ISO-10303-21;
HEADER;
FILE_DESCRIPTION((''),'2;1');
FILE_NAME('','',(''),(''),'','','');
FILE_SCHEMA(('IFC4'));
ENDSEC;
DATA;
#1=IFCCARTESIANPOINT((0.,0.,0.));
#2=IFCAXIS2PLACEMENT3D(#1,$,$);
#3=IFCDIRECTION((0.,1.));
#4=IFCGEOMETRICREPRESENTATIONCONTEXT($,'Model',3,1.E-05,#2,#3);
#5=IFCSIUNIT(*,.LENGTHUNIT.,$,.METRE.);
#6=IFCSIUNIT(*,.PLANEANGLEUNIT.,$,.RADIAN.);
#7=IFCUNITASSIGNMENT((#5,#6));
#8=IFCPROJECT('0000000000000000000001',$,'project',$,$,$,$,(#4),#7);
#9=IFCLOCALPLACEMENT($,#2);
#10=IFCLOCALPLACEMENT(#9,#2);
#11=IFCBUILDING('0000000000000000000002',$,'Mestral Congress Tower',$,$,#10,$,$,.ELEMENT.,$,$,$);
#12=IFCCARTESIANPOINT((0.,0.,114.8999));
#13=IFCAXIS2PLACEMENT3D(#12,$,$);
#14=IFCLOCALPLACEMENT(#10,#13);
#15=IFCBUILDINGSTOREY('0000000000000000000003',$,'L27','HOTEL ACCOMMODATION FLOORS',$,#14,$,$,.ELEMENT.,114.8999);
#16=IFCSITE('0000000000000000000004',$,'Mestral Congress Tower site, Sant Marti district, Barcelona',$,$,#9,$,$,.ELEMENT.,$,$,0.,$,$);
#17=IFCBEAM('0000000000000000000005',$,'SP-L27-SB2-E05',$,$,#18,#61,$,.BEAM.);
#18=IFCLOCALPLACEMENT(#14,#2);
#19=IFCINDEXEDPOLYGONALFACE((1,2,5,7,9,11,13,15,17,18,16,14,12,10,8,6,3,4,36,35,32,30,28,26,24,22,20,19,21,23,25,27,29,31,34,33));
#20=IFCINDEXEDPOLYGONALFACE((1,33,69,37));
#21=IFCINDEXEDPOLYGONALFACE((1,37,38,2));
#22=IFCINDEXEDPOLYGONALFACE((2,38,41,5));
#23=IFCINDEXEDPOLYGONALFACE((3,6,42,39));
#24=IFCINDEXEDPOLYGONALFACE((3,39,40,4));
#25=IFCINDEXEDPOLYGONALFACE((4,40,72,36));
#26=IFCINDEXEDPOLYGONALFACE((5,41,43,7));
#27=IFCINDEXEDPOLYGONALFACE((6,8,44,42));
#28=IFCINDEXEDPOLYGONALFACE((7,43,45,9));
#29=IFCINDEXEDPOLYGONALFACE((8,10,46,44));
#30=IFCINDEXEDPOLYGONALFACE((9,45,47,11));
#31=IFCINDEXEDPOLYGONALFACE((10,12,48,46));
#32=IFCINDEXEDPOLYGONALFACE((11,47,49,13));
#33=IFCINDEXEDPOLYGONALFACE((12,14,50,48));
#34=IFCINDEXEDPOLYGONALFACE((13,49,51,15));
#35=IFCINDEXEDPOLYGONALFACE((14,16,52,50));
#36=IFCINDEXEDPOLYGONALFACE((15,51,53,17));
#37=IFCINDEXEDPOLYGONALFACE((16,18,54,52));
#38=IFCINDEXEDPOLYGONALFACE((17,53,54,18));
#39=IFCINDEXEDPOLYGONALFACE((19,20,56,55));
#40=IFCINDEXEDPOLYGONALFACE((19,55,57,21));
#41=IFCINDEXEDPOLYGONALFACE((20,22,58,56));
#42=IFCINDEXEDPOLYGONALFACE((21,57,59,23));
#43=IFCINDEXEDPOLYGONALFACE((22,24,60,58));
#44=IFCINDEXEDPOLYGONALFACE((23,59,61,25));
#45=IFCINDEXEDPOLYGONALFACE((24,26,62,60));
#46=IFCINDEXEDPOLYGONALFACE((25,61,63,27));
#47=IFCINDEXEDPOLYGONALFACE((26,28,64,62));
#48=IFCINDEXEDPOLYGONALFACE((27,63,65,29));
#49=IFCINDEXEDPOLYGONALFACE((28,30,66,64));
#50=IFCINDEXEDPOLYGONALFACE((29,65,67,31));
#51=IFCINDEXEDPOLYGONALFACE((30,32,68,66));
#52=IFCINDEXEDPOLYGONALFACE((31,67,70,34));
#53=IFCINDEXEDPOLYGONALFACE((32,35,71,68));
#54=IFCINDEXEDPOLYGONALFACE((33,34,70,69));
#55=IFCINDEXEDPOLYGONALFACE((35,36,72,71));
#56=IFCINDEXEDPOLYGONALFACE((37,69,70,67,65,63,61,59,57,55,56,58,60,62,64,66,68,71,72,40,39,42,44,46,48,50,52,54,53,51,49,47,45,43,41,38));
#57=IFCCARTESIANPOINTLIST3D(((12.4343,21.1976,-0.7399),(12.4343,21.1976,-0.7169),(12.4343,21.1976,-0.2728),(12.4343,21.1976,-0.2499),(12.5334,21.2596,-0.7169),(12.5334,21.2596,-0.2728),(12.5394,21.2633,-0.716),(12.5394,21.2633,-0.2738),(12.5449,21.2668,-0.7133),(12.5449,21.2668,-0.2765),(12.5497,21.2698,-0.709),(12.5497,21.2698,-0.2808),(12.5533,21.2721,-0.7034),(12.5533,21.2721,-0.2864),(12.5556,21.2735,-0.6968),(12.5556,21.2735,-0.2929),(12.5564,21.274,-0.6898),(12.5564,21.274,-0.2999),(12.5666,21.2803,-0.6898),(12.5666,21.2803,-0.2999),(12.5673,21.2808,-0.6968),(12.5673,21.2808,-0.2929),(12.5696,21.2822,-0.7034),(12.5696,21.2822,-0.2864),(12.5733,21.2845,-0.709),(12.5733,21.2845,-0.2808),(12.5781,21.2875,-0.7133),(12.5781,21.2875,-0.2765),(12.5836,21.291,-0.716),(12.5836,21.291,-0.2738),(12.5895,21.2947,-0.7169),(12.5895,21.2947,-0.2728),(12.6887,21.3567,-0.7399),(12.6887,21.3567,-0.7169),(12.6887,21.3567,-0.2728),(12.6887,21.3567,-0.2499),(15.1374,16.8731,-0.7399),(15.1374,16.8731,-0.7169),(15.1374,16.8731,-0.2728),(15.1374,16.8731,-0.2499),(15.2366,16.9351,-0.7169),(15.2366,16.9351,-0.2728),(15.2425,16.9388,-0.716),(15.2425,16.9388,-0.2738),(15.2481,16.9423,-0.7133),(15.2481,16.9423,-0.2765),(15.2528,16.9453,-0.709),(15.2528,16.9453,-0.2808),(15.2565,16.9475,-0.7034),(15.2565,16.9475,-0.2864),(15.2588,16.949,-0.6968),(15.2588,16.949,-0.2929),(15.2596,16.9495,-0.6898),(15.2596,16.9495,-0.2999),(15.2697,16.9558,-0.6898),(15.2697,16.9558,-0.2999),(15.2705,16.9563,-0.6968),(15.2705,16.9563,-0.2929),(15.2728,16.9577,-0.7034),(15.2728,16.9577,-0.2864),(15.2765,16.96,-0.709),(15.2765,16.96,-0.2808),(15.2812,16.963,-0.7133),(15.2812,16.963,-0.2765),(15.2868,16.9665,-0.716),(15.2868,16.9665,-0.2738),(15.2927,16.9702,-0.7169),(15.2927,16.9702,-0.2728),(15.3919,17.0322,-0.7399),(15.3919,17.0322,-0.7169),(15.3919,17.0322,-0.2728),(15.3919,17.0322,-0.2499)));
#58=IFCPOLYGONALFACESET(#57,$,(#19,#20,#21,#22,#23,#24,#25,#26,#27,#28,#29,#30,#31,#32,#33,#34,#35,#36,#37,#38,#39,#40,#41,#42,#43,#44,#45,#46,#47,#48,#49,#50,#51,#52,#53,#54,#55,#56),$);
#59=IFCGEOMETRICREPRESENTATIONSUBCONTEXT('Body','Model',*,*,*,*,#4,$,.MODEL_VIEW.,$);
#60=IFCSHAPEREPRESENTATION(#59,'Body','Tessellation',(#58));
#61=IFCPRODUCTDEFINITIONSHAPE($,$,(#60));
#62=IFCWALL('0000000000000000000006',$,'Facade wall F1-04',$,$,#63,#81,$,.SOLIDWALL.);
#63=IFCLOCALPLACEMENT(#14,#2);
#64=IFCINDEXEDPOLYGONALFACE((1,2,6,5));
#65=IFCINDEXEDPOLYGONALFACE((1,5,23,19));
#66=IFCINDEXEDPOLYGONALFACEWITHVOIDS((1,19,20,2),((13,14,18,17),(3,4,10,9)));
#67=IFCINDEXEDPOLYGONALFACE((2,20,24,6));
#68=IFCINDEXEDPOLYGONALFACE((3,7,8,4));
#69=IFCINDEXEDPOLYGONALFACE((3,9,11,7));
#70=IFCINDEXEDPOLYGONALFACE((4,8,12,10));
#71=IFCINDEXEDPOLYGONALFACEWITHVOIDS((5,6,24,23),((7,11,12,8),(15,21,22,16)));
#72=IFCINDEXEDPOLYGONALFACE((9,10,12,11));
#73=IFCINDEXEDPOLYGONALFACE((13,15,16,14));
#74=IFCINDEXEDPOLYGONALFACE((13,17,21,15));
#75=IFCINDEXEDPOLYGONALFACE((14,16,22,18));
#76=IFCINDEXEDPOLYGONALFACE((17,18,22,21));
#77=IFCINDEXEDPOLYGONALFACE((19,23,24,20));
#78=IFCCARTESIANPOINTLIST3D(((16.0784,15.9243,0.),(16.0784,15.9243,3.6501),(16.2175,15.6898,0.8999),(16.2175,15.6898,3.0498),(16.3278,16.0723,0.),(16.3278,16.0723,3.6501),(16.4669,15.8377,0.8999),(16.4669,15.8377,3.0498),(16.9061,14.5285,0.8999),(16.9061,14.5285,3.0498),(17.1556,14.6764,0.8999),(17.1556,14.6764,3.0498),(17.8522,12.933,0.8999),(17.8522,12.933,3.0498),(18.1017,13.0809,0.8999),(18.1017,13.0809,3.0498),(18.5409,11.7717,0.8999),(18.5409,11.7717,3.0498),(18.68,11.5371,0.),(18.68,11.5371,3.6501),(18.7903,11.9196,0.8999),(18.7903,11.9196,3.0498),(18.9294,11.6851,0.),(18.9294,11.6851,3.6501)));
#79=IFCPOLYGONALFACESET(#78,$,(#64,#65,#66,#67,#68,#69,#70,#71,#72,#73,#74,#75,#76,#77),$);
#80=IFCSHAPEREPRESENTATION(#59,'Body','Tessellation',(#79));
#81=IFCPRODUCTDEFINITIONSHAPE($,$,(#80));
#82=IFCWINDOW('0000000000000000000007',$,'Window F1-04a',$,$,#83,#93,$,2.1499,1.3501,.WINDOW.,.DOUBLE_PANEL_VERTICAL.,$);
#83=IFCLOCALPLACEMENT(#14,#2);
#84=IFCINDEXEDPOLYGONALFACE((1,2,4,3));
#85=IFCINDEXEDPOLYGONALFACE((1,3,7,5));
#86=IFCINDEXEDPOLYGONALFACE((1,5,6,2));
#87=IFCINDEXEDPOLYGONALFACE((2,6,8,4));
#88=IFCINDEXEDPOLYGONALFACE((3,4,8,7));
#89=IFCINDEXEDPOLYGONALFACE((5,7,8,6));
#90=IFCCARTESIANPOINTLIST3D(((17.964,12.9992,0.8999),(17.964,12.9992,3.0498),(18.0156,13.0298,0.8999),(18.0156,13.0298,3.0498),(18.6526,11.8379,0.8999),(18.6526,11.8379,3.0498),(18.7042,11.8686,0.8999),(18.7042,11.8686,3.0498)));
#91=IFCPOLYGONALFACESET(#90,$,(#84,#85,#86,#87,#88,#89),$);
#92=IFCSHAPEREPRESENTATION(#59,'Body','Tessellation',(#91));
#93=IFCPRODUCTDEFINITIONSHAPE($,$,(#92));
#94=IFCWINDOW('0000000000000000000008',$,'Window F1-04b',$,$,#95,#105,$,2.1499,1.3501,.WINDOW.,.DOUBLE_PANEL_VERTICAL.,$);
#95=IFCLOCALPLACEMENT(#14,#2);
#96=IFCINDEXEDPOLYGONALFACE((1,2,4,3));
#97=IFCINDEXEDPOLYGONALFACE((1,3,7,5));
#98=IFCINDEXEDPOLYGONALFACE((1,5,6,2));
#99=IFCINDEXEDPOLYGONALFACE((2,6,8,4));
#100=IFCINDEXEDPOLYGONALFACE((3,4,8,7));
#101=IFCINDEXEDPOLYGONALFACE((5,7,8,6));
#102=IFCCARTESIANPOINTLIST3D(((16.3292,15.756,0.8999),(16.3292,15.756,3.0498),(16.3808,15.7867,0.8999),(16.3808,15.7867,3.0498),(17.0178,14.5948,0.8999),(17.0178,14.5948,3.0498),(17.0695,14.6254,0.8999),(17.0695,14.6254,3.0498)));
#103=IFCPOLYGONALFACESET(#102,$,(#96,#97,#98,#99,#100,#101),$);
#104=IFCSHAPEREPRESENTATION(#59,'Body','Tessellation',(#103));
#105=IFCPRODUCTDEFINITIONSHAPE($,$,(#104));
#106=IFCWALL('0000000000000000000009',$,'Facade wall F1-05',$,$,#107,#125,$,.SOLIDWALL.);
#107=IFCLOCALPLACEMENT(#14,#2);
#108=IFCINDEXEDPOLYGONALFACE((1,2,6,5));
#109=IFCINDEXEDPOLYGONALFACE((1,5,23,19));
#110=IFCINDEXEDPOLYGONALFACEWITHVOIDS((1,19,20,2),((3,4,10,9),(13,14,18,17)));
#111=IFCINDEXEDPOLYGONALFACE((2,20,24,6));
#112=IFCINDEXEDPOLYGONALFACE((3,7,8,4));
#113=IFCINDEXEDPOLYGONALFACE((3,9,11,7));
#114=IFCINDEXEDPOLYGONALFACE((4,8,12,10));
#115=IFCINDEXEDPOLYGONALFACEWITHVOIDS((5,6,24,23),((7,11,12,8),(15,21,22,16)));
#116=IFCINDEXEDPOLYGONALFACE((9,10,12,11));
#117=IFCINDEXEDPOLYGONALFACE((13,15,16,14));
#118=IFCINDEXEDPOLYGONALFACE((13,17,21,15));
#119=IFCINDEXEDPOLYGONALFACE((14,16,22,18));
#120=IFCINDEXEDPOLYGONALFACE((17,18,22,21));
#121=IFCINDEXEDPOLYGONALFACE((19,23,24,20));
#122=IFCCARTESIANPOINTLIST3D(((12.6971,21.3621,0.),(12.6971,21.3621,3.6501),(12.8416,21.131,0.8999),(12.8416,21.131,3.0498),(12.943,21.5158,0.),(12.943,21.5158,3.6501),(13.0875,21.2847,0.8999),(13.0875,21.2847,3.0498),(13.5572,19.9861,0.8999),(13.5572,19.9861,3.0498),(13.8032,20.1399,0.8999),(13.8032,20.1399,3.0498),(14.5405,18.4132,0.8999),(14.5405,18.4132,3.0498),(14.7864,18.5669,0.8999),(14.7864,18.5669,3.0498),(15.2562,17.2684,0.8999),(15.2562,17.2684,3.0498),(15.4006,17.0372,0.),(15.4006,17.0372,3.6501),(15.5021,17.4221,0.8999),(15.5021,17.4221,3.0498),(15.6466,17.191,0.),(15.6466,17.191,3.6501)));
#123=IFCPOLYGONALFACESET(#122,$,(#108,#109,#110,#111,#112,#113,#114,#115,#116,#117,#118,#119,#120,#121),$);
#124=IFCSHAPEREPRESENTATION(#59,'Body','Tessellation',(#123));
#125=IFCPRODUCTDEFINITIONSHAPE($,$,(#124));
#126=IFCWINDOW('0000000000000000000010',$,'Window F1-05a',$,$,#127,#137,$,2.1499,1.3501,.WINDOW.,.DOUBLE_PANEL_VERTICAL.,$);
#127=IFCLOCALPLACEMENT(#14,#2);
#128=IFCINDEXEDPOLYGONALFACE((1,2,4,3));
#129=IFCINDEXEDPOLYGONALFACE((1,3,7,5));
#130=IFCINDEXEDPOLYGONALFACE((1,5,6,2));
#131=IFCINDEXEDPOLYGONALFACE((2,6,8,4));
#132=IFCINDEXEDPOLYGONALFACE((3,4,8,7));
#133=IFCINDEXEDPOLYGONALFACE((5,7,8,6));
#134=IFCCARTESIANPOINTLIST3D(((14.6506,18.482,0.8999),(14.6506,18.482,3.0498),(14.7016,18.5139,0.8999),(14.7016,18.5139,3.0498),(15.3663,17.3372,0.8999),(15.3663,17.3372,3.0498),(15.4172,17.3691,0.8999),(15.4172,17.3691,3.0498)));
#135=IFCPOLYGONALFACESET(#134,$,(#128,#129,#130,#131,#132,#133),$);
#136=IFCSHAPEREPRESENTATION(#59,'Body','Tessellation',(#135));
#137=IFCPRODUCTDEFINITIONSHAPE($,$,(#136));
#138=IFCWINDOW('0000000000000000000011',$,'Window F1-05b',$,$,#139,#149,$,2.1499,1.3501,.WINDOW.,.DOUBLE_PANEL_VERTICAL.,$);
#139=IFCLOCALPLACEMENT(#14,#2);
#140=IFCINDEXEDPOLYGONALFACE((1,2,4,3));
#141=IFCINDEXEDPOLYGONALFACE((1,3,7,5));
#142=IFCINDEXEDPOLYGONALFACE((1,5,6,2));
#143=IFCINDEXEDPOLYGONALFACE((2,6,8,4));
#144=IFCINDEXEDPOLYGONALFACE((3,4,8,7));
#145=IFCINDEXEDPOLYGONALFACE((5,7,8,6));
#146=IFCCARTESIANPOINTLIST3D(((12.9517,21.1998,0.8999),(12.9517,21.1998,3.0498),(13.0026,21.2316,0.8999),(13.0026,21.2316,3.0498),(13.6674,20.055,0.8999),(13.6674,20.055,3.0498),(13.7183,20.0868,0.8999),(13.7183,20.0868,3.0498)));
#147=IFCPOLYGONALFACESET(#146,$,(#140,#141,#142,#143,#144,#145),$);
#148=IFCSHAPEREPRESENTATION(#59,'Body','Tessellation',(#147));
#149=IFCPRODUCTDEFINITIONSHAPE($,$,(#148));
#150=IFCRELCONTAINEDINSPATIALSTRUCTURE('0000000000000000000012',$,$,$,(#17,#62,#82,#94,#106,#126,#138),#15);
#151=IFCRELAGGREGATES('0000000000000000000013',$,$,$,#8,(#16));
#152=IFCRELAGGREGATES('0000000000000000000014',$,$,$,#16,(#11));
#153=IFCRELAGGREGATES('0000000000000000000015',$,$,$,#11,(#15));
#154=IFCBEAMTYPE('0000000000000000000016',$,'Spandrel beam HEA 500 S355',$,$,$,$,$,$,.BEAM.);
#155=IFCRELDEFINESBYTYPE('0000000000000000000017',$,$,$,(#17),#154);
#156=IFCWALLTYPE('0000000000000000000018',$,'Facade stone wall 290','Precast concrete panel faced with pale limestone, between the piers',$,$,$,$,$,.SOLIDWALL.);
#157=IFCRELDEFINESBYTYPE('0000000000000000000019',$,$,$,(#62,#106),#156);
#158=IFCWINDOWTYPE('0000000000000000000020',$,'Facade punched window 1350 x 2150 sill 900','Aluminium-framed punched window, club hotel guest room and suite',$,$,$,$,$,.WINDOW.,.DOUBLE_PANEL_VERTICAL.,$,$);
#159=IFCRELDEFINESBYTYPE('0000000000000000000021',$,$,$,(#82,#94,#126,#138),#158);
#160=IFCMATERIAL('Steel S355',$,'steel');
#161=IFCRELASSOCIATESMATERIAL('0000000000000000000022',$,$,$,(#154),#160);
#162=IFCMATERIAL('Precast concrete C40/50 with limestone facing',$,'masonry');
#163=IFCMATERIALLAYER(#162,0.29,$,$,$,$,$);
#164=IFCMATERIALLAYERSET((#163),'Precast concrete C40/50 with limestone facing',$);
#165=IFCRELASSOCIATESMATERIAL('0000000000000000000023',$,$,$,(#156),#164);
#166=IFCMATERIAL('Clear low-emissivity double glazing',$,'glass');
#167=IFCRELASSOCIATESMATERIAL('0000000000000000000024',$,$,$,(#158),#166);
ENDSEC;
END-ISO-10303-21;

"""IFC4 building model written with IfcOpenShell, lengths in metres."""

from ifc_helpers import new_model, si_unit, direction, frame, frame_2d, origin, origin_2d, place, context, subcontext, project, spatial, rectangle, i_section, extrude, material, layer, layer_set, material_profile, profile_set, type_object, element, fill, save


model = new_model("IFC4")

# Units and contexts
model_context = context("Model", 3, precision=1e-05, world=origin(), true_north=direction((0.0, 1.0)))
body_context = subcontext(model_context, "Body", "Model", "MODEL_VIEW")
ifc_project = project(units=[si_unit("LENGTHUNIT", "METRE"), si_unit("PLANEANGLEUNIT", "RADIAN")], contexts=[model_context])

# Site, building, storey
site_placement = place(None, origin())
site = spatial("IfcSite", under=ifc_project, at=site_placement, Name="Mestral Congress Tower site, Sant Marti district, Barcelona", CompositionType="ELEMENT", RefElevation=0.0)
building_placement = place(site_placement, origin())
building = spatial("IfcBuilding", under=site, at=building_placement, Name="Mestral Congress Tower", CompositionType="ELEMENT")
storey_placement = place(building_placement, frame((0.0, 0.0, 114.8999)))
storey = spatial("IfcBuildingStorey", under=building, at=storey_placement, Name="L27", Description="HOTEL ACCOMMODATION FLOORS", CompositionType="ELEMENT", Elevation=114.8999)

# Beam
ifc_material_1 = material(Name="Steel S355", Category="steel")
ifc_material_profile_1 = material_profile(ifc_material_1, i_section(OverallWidth=0.3, OverallDepth=0.49, WebThickness=0.012, FlangeThickness=0.0229, FilletRadius=0.0271, at=origin_2d()), Name="HEA 500")
ifc_profile_set_1 = profile_set([ifc_material_profile_1], Name="Steel S355")
beam_type_1 = type_object("IfcBeamType", Name="Spandrel beam HEA 500 S355", PredefinedType="BEAM", material=ifc_profile_set_1)
for number, where, z_axis, x_axis, name in (
    (1, (15.2646, 16.9526, -0.4949), (-0.530046, 0.847969, 0.0), (-0.847969, -0.530046, 0.0), "SP-L27-SB2-E05"),
):
    element("IfcBeam", number, at=place(storey_placement, frame(where, z_axis=z_axis, x_axis=x_axis)), inside=storey, type_object=beam_type_1, Name=name, PredefinedType="BEAM", context=body_context, shape_type="SweptSolid", body=[
        extrude(i_section(OverallWidth=0.3, OverallDepth=0.49, WebThickness=0.012, FlangeThickness=0.0229, FilletRadius=0.0271, at=origin_2d()), origin(), (0.0, 0.0, 1.0), 5.0999),
    ])

# Walls, openings, windows
ifc_material_2 = material(Name="Precast concrete C40/50 with limestone facing", Category="masonry")
ifc_layer_1 = layer(ifc_material_2, 0.29)
ifc_layer_set_1 = layer_set([ifc_layer_1], Name="Precast concrete C40/50 with limestone facing")
wall_type_1 = type_object("IfcWallType", Name="Facade stone wall 290", Description="Precast concrete panel faced with pale limestone, between the piers", PredefinedType="SOLIDWALL", material=ifc_layer_set_1)
wall_1_placement = place(storey_placement, frame((18.8047, 11.6111, 0.0), z_axis=(0.0, 0.0, 1.0), x_axis=(-0.510054, 0.860142, 0.0)))
wall_1 = element("IfcWall", 2, at=wall_1_placement, inside=storey, type_object=wall_type_1, Name="Facade wall F1-04", PredefinedType="SOLIDWALL", context=body_context, shape_type="SweptSolid", body=[
    extrude(rectangle(XDim=5.1006, YDim=0.29, at=frame_2d((2.5503, 0.0))), origin(), (0.0, 0.0, 1.0), 3.6501),
])
opening_1_placement = place(wall_1_placement, frame((0.2727, 0.0, 0.8999)))
opening_1 = element("IfcOpeningElement", 3, at=opening_1_placement, cuts=wall_1, PredefinedType="OPENING", context=body_context, shape_type="SweptSolid", body=[
    extrude(rectangle(XDim=1.3501, YDim=2.1499, at=frame_2d((0.675, 1.075))), frame((0.0, 0.155, 0.0), z_axis=(0.0, -1.0, 0.0), x_axis=(1.0, 0.0, 0.0)), (0.0, 0.0, 1.0), 0.3101),
])
opening_2_placement = place(wall_1_placement, frame((3.4778, 0.0, 0.8999)))
opening_2 = element("IfcOpeningElement", 4, at=opening_2_placement, cuts=wall_1, PredefinedType="OPENING", context=body_context, shape_type="SweptSolid", body=[
    extrude(rectangle(XDim=1.3501, YDim=2.1499, at=frame_2d((0.675, 1.075))), frame((0.0, 0.155, 0.0), z_axis=(0.0, -1.0, 0.0), x_axis=(1.0, 0.0, 0.0)), (0.0, 0.0, 1.0), 0.3101),
])
ifc_material_3 = material(Name="Clear low-emissivity double glazing", Category="glass")
window_type = type_object("IfcWindowType", Name="Facade punched window 1350 x 2150 sill 900", Description="Aluminium-framed punched window, club hotel guest room and suite", PartitioningType="DOUBLE_PANEL_VERTICAL", PredefinedType="WINDOW", material=ifc_material_3)
window_1_placement = place(opening_1_placement, origin())
window_1 = element("IfcWindow", 5, at=window_1_placement, inside=storey, type_object=window_type, Name="Window F1-04a", OverallHeight=2.1499, OverallWidth=1.3501, PartitioningType="DOUBLE_PANEL_VERTICAL", PredefinedType="WINDOW", context=body_context, shape_type="SweptSolid", body=[
    extrude(rectangle(XDim=1.3501, YDim=2.1499, at=frame_2d((0.675, 1.075))), frame((0.0, 0.0151, 0.0), z_axis=(0.0, -1.0, 0.0), x_axis=(1.0, 0.0, 0.0)), (0.0, 0.0, 1.0), 0.0601),
])
fill(opening_1, window_1)
window_2_placement = place(opening_2_placement, origin())
window_2 = element("IfcWindow", 6, at=window_2_placement, inside=storey, type_object=window_type, Name="Window F1-04b", OverallHeight=2.1499, OverallWidth=1.3501, PartitioningType="DOUBLE_PANEL_VERTICAL", PredefinedType="WINDOW", context=body_context, shape_type="SweptSolid", body=[
    extrude(rectangle(XDim=1.3501, YDim=2.1499, at=frame_2d((0.675, 1.075))), frame((0.0, 0.0151, 0.0), z_axis=(0.0, -1.0, 0.0), x_axis=(1.0, 0.0, 0.0)), (0.0, 0.0, 1.0), 0.0601),
])
fill(opening_2, window_2)
wall_2_placement = place(storey_placement, frame((15.5237, 17.114, 0.0), z_axis=(0.0, 0.0, 1.0), x_axis=(-0.530072, 0.847953, 0.0)))
wall_2 = element("IfcWall", 7, at=wall_2_placement, inside=storey, type_object=wall_type_1, Name="Facade wall F1-05", PredefinedType="SOLIDWALL", context=body_context, shape_type="SweptSolid", body=[
    extrude(rectangle(XDim=5.1003, YDim=0.29, at=frame_2d((2.5503, 0.0))), origin(), (0.0, 0.0, 1.0), 3.6501),
])
opening_3_placement = place(wall_2_placement, frame((0.2727, 0.0, 0.8999)))
opening_3 = element("IfcOpeningElement", 8, at=opening_3_placement, cuts=wall_2, PredefinedType="OPENING", context=body_context, shape_type="SweptSolid", body=[
    extrude(rectangle(XDim=1.3501, YDim=2.1499, at=frame_2d((0.675, 1.075))), frame((0.0, 0.155, 0.0), z_axis=(0.0, -1.0, 0.0), x_axis=(1.0, 0.0, 0.0)), (0.0, 0.0, 1.0), 0.3101),
])
opening_4_placement = place(wall_2_placement, frame((3.4778, 0.0, 0.8999)))
opening_4 = element("IfcOpeningElement", 9, at=opening_4_placement, cuts=wall_2, PredefinedType="OPENING", context=body_context, shape_type="SweptSolid", body=[
    extrude(rectangle(XDim=1.3501, YDim=2.1499, at=frame_2d((0.675, 1.075))), frame((0.0, 0.155, 0.0), z_axis=(0.0, -1.0, 0.0), x_axis=(1.0, 0.0, 0.0)), (0.0, 0.0, 1.0), 0.3101),
])
window_3_placement = place(opening_3_placement, origin())
window_3 = element("IfcWindow", 10, at=window_3_placement, inside=storey, type_object=window_type, Name="Window F1-05a", OverallHeight=2.1499, OverallWidth=1.3501, PartitioningType="DOUBLE_PANEL_VERTICAL", PredefinedType="WINDOW", context=body_context, shape_type="SweptSolid", body=[
    extrude(rectangle(XDim=1.3501, YDim=2.1499, at=frame_2d((0.675, 1.075))), frame((0.0, 0.0151, 0.0), z_axis=(0.0, -1.0, 0.0), x_axis=(1.0, 0.0, 0.0)), (0.0, 0.0, 1.0), 0.0601),
])
fill(opening_3, window_3)
window_4_placement = place(opening_4_placement, origin())
window_4 = element("IfcWindow", 11, at=window_4_placement, inside=storey, type_object=window_type, Name="Window F1-05b", OverallHeight=2.1499, OverallWidth=1.3501, PartitioningType="DOUBLE_PANEL_VERTICAL", PredefinedType="WINDOW", context=body_context, shape_type="SweptSolid", body=[
    extrude(rectangle(XDim=1.3501, YDim=2.1499, at=frame_2d((0.675, 1.075))), frame((0.0, 0.0151, 0.0), z_axis=(0.0, -1.0, 0.0), x_axis=(1.0, 0.0, 0.0)), (0.0, 0.0, 1.0), 0.0601),
])
fill(opening_4, window_4)

save(model, "model.ifc")
